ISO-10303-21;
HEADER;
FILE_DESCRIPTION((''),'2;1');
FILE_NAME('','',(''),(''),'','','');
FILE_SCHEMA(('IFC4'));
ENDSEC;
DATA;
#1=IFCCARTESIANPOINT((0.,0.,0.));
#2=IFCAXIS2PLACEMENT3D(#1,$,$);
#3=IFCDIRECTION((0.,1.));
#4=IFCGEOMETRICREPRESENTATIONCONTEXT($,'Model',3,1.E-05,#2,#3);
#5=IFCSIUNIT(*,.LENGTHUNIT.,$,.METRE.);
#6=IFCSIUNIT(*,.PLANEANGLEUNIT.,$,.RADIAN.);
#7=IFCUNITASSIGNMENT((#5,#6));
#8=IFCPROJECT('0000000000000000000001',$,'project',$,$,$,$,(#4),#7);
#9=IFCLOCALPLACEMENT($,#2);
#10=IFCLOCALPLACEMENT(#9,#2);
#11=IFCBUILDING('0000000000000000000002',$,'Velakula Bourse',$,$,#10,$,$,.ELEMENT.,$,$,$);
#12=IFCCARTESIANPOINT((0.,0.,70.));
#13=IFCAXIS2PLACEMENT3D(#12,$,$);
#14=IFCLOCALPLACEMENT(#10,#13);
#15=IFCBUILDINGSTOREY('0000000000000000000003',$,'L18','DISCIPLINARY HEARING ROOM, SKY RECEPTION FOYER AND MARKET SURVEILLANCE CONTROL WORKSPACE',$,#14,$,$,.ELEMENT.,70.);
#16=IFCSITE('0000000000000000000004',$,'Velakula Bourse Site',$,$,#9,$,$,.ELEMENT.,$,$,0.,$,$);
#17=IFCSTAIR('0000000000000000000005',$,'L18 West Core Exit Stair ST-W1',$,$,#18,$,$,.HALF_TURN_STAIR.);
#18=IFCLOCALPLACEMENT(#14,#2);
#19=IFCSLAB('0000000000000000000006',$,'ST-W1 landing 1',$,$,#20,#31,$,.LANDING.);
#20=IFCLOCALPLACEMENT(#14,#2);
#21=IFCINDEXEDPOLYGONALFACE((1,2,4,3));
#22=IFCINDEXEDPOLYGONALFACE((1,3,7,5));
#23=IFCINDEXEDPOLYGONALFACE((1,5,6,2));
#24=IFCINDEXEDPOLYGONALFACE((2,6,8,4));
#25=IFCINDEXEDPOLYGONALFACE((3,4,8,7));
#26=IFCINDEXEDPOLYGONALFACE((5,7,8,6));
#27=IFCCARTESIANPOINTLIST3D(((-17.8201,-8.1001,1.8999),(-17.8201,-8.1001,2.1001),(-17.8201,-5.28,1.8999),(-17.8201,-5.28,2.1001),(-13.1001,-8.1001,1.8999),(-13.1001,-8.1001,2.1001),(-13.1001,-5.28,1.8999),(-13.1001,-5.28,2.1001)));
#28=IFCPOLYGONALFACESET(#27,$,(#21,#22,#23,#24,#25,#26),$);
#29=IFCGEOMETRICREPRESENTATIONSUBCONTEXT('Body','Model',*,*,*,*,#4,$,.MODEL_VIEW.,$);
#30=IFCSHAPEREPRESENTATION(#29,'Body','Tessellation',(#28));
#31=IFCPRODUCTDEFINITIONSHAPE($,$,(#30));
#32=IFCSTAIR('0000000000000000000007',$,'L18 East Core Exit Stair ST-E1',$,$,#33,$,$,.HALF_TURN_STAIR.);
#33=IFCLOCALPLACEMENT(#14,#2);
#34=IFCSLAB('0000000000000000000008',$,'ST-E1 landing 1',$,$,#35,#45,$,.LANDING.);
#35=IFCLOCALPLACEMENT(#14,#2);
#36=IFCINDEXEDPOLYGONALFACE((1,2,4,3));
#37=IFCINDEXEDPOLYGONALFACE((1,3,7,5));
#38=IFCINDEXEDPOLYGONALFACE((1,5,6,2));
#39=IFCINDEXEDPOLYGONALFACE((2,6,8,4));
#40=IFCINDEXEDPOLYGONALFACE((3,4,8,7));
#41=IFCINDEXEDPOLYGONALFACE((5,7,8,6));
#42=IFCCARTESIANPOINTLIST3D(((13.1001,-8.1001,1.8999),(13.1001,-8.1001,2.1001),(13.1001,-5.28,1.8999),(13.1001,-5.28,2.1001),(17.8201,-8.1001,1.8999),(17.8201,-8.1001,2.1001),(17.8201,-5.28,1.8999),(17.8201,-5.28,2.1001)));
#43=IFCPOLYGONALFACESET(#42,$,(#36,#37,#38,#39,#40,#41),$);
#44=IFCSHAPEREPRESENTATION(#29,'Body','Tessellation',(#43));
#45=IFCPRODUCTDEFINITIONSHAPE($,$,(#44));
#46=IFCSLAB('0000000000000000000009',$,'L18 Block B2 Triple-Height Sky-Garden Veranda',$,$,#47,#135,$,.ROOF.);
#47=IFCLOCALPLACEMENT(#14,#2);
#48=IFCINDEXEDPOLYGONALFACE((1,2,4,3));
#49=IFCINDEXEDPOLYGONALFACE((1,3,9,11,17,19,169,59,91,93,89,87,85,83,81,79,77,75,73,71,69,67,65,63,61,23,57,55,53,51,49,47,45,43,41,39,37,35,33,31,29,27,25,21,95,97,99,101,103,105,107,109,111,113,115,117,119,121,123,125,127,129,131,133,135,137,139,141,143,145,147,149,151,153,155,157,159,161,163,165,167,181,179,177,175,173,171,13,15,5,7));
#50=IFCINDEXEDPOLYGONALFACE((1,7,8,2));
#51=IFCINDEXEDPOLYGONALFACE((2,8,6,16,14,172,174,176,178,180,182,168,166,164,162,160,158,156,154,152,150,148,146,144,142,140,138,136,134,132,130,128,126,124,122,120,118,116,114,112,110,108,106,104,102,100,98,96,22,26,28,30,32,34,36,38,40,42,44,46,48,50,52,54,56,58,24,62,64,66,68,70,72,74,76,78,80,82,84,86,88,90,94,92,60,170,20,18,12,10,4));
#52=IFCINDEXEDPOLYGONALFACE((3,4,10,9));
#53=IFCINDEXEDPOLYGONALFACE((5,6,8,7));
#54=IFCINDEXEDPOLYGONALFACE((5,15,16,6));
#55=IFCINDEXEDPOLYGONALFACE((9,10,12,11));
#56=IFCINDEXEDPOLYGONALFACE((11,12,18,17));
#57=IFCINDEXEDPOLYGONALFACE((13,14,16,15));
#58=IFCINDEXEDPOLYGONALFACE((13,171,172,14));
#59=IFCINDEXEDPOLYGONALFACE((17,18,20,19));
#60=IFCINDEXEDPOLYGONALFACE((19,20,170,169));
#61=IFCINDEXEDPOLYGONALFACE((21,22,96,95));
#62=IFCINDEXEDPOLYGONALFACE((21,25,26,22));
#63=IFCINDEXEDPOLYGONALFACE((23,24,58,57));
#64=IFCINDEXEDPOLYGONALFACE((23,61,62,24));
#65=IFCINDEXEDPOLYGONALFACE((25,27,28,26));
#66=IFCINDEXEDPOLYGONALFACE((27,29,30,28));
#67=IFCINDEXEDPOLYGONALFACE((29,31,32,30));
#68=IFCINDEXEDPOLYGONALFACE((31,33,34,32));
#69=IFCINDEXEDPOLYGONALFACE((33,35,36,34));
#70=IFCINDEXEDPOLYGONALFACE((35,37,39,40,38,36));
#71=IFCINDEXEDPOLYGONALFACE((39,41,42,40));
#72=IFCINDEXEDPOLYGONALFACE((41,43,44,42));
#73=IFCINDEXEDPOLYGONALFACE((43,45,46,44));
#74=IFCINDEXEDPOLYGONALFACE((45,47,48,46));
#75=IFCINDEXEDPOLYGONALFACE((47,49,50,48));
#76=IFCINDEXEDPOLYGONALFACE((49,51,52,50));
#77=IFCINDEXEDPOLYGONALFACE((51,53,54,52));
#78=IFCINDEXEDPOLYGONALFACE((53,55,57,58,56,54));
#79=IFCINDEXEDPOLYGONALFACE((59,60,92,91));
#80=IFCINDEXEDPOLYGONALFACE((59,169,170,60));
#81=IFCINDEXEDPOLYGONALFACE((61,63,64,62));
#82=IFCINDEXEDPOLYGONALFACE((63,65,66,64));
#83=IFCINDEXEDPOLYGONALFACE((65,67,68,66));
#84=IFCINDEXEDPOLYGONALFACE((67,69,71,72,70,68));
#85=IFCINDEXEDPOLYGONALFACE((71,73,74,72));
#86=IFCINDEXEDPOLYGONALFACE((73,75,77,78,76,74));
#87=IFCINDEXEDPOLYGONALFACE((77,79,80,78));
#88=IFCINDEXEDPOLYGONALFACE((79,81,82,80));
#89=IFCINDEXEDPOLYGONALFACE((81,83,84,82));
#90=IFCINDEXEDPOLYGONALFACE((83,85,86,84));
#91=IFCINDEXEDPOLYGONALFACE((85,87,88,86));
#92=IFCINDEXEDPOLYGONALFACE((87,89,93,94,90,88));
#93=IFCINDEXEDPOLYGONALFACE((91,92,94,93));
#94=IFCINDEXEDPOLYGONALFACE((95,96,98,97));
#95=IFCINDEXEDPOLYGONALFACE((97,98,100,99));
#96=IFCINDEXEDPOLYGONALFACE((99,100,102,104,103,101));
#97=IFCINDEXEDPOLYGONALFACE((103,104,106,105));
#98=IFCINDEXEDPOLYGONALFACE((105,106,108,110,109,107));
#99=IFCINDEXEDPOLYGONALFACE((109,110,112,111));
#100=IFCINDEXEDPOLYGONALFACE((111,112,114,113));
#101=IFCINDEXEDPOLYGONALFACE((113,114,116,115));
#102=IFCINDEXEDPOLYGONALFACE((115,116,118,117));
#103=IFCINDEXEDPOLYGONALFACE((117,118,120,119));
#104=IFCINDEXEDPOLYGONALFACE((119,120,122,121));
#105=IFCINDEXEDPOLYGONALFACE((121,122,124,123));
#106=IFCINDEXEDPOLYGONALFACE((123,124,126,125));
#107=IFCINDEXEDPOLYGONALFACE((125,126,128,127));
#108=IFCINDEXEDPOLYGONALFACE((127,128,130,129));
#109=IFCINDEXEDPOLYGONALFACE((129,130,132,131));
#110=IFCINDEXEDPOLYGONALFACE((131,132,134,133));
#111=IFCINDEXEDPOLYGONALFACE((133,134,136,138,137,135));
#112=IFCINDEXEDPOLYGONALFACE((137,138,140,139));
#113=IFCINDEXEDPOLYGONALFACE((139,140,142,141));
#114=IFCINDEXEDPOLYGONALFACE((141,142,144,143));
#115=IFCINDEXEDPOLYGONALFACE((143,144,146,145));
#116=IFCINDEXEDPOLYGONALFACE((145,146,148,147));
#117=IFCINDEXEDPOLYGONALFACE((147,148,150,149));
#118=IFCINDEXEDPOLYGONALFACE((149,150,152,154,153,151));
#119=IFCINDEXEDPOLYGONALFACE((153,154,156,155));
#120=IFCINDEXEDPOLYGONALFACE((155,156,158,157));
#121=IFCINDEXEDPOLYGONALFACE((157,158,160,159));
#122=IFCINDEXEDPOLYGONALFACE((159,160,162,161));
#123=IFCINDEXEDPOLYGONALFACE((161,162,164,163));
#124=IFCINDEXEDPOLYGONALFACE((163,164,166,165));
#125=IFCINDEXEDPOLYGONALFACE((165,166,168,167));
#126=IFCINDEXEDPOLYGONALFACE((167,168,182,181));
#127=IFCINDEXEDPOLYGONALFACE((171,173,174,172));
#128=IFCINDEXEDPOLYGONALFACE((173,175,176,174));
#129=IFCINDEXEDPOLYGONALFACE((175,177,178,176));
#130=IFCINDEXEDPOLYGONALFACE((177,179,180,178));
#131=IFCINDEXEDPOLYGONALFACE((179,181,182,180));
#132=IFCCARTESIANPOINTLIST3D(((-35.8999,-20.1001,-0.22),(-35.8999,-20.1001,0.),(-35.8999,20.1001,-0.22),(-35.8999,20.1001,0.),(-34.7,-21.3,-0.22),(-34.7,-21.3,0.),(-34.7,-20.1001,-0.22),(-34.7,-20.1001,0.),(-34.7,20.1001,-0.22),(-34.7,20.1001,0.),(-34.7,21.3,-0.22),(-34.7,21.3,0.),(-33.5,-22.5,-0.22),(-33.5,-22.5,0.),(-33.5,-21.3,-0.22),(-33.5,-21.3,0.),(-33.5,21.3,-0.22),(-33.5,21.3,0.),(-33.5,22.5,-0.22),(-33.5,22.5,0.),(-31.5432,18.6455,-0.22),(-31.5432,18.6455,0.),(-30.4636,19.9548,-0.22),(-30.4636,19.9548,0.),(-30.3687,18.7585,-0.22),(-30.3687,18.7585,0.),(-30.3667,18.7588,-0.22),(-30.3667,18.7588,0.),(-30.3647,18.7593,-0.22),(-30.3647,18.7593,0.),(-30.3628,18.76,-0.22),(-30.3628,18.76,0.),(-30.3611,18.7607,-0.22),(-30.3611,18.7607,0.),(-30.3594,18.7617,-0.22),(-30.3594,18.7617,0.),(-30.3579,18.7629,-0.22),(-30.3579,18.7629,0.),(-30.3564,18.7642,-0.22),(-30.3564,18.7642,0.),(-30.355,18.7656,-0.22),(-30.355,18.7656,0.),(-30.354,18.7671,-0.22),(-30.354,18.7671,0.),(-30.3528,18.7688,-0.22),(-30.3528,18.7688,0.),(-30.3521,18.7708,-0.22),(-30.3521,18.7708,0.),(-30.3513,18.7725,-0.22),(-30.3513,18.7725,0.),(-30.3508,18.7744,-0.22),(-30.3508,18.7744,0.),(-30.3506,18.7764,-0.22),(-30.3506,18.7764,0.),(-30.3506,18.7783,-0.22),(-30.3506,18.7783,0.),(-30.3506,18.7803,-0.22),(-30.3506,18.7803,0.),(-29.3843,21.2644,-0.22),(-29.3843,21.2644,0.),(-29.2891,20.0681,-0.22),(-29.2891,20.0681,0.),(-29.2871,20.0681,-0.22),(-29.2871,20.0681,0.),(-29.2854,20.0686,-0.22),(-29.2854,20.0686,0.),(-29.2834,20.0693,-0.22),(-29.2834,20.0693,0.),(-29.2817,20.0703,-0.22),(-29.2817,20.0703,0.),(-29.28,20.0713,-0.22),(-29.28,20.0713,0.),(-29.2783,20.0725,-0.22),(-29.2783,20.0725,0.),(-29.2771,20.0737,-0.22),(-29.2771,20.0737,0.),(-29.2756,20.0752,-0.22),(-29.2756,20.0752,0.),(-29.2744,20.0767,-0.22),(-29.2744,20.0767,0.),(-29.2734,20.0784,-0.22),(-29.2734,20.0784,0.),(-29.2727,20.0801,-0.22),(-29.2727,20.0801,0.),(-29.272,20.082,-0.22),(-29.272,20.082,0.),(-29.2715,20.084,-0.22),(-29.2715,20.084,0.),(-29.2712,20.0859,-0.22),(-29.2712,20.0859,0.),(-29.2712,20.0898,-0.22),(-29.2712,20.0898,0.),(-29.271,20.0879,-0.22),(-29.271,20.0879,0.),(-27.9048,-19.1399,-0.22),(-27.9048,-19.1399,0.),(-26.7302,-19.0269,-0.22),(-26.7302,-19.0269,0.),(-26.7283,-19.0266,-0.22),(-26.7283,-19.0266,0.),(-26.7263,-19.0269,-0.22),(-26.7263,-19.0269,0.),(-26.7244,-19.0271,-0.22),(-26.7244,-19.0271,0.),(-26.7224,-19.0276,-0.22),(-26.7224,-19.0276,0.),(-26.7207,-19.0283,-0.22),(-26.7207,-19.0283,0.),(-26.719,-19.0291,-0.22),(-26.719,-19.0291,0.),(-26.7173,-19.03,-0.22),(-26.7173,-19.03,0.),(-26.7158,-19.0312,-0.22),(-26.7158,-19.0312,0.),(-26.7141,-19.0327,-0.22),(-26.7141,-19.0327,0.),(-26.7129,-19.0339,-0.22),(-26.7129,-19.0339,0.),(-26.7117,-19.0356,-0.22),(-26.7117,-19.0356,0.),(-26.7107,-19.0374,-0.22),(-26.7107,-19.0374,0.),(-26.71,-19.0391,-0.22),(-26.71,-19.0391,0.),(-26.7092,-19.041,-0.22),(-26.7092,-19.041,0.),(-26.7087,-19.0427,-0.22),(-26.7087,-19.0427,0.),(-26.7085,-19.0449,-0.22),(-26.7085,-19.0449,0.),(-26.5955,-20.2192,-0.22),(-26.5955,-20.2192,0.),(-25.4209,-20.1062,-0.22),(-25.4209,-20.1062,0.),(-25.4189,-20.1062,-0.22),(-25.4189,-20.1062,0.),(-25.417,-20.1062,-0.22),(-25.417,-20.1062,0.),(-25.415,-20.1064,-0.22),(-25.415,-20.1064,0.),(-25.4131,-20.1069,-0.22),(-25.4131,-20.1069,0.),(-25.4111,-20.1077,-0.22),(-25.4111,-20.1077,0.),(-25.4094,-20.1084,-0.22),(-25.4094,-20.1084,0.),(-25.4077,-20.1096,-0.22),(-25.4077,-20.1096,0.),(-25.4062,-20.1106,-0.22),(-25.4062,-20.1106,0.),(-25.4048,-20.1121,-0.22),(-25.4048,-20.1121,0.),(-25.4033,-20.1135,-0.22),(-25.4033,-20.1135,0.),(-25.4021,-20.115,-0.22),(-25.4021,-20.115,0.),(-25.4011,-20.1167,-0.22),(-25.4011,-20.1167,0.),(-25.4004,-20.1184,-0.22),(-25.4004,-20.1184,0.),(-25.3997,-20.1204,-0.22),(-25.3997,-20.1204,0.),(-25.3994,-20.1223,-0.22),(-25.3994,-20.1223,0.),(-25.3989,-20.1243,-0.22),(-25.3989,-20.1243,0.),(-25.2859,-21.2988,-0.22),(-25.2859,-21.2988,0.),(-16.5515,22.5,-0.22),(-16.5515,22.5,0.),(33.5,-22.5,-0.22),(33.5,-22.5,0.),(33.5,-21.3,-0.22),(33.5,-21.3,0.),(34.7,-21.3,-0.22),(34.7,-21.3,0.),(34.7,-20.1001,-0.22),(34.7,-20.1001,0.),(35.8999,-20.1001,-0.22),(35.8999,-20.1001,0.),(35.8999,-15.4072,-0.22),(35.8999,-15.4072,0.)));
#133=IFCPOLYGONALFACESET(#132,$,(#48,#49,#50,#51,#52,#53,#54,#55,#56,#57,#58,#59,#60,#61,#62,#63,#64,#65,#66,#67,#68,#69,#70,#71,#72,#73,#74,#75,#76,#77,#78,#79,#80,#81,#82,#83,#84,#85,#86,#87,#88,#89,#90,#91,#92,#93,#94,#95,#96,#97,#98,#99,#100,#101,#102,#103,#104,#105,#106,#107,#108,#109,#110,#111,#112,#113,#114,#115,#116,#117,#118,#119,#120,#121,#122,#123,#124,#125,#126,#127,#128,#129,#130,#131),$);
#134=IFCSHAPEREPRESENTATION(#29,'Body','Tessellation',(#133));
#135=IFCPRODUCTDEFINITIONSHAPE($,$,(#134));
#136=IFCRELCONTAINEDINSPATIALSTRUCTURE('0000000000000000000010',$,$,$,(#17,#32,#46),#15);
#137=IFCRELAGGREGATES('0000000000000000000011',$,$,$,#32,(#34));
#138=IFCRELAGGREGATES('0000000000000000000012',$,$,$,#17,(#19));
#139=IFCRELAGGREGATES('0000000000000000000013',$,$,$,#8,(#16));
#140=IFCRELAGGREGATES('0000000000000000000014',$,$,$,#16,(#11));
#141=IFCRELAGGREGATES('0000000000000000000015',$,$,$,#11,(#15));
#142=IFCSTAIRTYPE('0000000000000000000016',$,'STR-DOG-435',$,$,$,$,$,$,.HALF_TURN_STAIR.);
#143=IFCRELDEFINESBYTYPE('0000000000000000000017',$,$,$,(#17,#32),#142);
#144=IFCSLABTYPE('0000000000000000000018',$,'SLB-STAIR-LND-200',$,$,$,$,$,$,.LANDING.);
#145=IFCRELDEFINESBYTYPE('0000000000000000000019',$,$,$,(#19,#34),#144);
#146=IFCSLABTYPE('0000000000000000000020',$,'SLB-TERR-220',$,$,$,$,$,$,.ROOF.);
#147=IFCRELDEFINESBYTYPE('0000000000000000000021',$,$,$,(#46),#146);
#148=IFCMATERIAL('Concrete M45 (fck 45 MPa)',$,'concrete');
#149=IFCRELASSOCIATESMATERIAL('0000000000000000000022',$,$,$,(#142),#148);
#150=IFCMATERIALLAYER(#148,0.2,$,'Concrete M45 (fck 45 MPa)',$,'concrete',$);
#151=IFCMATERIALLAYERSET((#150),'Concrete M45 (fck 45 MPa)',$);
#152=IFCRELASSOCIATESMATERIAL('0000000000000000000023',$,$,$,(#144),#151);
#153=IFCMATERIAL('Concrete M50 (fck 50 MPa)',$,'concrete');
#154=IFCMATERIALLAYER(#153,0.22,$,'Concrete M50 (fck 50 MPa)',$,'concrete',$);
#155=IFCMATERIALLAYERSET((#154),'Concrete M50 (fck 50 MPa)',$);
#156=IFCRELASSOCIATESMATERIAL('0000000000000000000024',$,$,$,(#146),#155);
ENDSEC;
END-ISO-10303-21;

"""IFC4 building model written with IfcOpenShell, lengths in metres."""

from ifc_helpers import new_model, si_unit, direction, frame, origin, place, context, subcontext, project, spatial, polyline, outline, extrude, material, layer, layer_set, type_object, element, aggregate, save


model = new_model("IFC4")

# Units and contexts
model_context = context("Model", 3, precision=1e-05, world=origin(), true_north=direction((0.0, 1.0)))
body_context = subcontext(model_context, "Body", "Model", "MODEL_VIEW")
ifc_project = project(units=[si_unit("LENGTHUNIT", "METRE"), si_unit("PLANEANGLEUNIT", "RADIAN")], contexts=[model_context])

# Site, building, storey
site_placement = place(None, origin())
site = spatial("IfcSite", under=ifc_project, at=site_placement, Name="Velakula Bourse Site", CompositionType="ELEMENT", RefElevation=0.0)
building_placement = place(site_placement, origin())
building = spatial("IfcBuilding", under=site, at=building_placement, Name="Velakula Bourse", CompositionType="ELEMENT")
storey_placement = place(building_placement, frame((0.0, 0.0, 70.0)))
storey = spatial("IfcBuildingStorey", under=building, at=storey_placement, Name="L18", Description="DISCIPLINARY HEARING ROOM, SKY RECEPTION FOYER AND MARKET SURVEILLANCE CONTROL WORKSPACE", CompositionType="ELEMENT", Elevation=70.0)

# Stairs, slabs
ifc_material_1 = material(Name="Concrete M45 (fck 45 MPa)", Category="concrete")
stair_type = type_object("IfcStairType", Name="STR-DOG-435", PredefinedType="HALF_TURN_STAIR", material=ifc_material_1)
stair_1_placement = place(storey_placement, origin())
stair_1 = element("IfcStair", 1, at=stair_1_placement, inside=storey, type_object=stair_type, Name="L18 West Core Exit Stair ST-W1", PredefinedType="HALF_TURN_STAIR")
ifc_layer_1 = layer(ifc_material_1, 0.2, Name="Concrete M45 (fck 45 MPa)", Category="concrete")
ifc_layer_set_1 = layer_set([ifc_layer_1], Name="Concrete M45 (fck 45 MPa)")
slab_type_1 = type_object("IfcSlabType", Name="SLB-STAIR-LND-200", PredefinedType="LANDING", material=ifc_layer_set_1)
slab_1_placement = place(storey_placement, frame((0.0, 0.0, 1.8999)))
slab_1 = element("IfcSlab", 2, at=slab_1_placement, type_object=slab_type_1, Name="ST-W1 landing 1", PredefinedType="LANDING", context=body_context, shape_type="SweptSolid", body=[
    extrude(outline(polyline([(-17.8201, -5.28), (-17.8201, -8.1001), (-13.1001, -8.1001), (-13.1001, -5.28), (-17.8201, -5.28)])), origin(), (0.0, 0.0, 1.0), 0.2002),
])
stair_2_placement = place(storey_placement, origin())
stair_2 = element("IfcStair", 3, at=stair_2_placement, inside=storey, type_object=stair_type, Name="L18 East Core Exit Stair ST-E1", PredefinedType="HALF_TURN_STAIR")
slab_2_placement = place(storey_placement, frame((0.0, 0.0, 1.8999)))
slab_2 = element("IfcSlab", 4, at=slab_2_placement, type_object=slab_type_1, Name="ST-E1 landing 1", PredefinedType="LANDING", context=body_context, shape_type="SweptSolid", body=[
    extrude(outline(polyline([(13.1001, -5.28), (13.1001, -8.1001), (17.8201, -8.1001), (17.8201, -5.28), (13.1001, -5.28)])), origin(), (0.0, 0.0, 1.0), 0.2002),
])
aggregate(stair_2, [slab_2])

# Slab
ifc_material_2 = material(Name="Concrete M50 (fck 50 MPa)", Category="concrete")
ifc_layer_2 = layer(ifc_material_2, 0.22, Name="Concrete M50 (fck 50 MPa)", Category="concrete")
ifc_layer_set_2 = layer_set([ifc_layer_2], Name="Concrete M50 (fck 50 MPa)")
slab_type_2 = type_object("IfcSlabType", Name="SLB-TERR-220", PredefinedType="ROOF", material=ifc_layer_set_2)
slab_3_placement = place(storey_placement, frame((0.0, 0.0, -0.22)))
element("IfcSlab", 5, at=slab_3_placement, inside=storey, type_object=slab_type_2, Name="L18 Block B2 Triple-Height Sky-Garden Veranda", PredefinedType="ROOF", context=body_context, shape_type="SweptSolid", body=[
    extrude(outline(polyline([(35.8999, -20.1001), (34.7, -20.1001), (34.7, -21.3), (33.5, -21.3), (33.5, -22.5), (-33.5, -22.5), (-33.5, -21.3), (-34.7, -21.3), (-34.7, -20.1001), (-35.8999, -20.1001), (-35.8999, 20.1001), (-34.7, 20.1001), (-34.7, 21.3), (-33.5, 21.3), (-33.5, 22.5), (-16.5515, 22.5), (-29.3843, 21.2644), (-29.2712, 20.0898), (-29.271, 20.0879), (-29.2712, 20.0859), (-29.2715, 20.084), (-29.272, 20.082), (-29.2727, 20.0801), (-29.2734, 20.0784), (-29.2744, 20.0767), (-29.2756, 20.0752), (-29.2771, 20.0737), (-29.2783, 20.0725), (-29.28, 20.0713), (-29.2817, 20.0703), (-29.2834, 20.0693), (-29.2854, 20.0686), (-29.2871, 20.0681), (-29.2891, 20.0681), (-30.4636, 19.9548), (-30.3506, 18.7803), (-30.3506, 18.7783), (-30.3506, 18.7764), (-30.3508, 18.7744), (-30.3513, 18.7725), (-30.3521, 18.7708), (-30.3528, 18.7688), (-30.354, 18.7671), (-30.355, 18.7656), (-30.3564, 18.7642), (-30.3579, 18.7629), (-30.3594, 18.7617), (-30.3611, 18.7607), (-30.3628, 18.76), (-30.3647, 18.7593), (-30.3667, 18.7588), (-30.3687, 18.7585), (-31.5432, 18.6455), (-27.9048, -19.1399), (-26.7302, -19.0269), (-26.7283, -19.0266), (-26.7263, -19.0269), (-26.7244, -19.0271), (-26.7224, -19.0276), (-26.7207, -19.0283), (-26.719, -19.0291), (-26.7173, -19.03), (-26.7158, -19.0312), (-26.7141, -19.0327), (-26.7129, -19.0339), (-26.7117, -19.0356), (-26.7107, -19.0374), (-26.71, -19.0391), (-26.7092, -19.041), (-26.7087, -19.0427), (-26.7085, -19.0449), (-26.5955, -20.2192), (-25.4209, -20.1062), (-25.4189, -20.1062), (-25.417, -20.1062), (-25.415, -20.1064), (-25.4131, -20.1069), (-25.4111, -20.1077), (-25.4094, -20.1084), (-25.4077, -20.1096), (-25.4062, -20.1106), (-25.4048, -20.1121), (-25.4033, -20.1135), (-25.4021, -20.115), (-25.4011, -20.1167), (-25.4004, -20.1184), (-25.3997, -20.1204), (-25.3994, -20.1223), (-25.3989, -20.1243), (-25.2859, -21.2988), (35.8999, -15.4072), (35.8999, -20.1001)])), origin(), (0.0, 0.0, 1.0), 0.22),
])

aggregate(stair_1, [slab_1])

save(model, "model.ifc")
